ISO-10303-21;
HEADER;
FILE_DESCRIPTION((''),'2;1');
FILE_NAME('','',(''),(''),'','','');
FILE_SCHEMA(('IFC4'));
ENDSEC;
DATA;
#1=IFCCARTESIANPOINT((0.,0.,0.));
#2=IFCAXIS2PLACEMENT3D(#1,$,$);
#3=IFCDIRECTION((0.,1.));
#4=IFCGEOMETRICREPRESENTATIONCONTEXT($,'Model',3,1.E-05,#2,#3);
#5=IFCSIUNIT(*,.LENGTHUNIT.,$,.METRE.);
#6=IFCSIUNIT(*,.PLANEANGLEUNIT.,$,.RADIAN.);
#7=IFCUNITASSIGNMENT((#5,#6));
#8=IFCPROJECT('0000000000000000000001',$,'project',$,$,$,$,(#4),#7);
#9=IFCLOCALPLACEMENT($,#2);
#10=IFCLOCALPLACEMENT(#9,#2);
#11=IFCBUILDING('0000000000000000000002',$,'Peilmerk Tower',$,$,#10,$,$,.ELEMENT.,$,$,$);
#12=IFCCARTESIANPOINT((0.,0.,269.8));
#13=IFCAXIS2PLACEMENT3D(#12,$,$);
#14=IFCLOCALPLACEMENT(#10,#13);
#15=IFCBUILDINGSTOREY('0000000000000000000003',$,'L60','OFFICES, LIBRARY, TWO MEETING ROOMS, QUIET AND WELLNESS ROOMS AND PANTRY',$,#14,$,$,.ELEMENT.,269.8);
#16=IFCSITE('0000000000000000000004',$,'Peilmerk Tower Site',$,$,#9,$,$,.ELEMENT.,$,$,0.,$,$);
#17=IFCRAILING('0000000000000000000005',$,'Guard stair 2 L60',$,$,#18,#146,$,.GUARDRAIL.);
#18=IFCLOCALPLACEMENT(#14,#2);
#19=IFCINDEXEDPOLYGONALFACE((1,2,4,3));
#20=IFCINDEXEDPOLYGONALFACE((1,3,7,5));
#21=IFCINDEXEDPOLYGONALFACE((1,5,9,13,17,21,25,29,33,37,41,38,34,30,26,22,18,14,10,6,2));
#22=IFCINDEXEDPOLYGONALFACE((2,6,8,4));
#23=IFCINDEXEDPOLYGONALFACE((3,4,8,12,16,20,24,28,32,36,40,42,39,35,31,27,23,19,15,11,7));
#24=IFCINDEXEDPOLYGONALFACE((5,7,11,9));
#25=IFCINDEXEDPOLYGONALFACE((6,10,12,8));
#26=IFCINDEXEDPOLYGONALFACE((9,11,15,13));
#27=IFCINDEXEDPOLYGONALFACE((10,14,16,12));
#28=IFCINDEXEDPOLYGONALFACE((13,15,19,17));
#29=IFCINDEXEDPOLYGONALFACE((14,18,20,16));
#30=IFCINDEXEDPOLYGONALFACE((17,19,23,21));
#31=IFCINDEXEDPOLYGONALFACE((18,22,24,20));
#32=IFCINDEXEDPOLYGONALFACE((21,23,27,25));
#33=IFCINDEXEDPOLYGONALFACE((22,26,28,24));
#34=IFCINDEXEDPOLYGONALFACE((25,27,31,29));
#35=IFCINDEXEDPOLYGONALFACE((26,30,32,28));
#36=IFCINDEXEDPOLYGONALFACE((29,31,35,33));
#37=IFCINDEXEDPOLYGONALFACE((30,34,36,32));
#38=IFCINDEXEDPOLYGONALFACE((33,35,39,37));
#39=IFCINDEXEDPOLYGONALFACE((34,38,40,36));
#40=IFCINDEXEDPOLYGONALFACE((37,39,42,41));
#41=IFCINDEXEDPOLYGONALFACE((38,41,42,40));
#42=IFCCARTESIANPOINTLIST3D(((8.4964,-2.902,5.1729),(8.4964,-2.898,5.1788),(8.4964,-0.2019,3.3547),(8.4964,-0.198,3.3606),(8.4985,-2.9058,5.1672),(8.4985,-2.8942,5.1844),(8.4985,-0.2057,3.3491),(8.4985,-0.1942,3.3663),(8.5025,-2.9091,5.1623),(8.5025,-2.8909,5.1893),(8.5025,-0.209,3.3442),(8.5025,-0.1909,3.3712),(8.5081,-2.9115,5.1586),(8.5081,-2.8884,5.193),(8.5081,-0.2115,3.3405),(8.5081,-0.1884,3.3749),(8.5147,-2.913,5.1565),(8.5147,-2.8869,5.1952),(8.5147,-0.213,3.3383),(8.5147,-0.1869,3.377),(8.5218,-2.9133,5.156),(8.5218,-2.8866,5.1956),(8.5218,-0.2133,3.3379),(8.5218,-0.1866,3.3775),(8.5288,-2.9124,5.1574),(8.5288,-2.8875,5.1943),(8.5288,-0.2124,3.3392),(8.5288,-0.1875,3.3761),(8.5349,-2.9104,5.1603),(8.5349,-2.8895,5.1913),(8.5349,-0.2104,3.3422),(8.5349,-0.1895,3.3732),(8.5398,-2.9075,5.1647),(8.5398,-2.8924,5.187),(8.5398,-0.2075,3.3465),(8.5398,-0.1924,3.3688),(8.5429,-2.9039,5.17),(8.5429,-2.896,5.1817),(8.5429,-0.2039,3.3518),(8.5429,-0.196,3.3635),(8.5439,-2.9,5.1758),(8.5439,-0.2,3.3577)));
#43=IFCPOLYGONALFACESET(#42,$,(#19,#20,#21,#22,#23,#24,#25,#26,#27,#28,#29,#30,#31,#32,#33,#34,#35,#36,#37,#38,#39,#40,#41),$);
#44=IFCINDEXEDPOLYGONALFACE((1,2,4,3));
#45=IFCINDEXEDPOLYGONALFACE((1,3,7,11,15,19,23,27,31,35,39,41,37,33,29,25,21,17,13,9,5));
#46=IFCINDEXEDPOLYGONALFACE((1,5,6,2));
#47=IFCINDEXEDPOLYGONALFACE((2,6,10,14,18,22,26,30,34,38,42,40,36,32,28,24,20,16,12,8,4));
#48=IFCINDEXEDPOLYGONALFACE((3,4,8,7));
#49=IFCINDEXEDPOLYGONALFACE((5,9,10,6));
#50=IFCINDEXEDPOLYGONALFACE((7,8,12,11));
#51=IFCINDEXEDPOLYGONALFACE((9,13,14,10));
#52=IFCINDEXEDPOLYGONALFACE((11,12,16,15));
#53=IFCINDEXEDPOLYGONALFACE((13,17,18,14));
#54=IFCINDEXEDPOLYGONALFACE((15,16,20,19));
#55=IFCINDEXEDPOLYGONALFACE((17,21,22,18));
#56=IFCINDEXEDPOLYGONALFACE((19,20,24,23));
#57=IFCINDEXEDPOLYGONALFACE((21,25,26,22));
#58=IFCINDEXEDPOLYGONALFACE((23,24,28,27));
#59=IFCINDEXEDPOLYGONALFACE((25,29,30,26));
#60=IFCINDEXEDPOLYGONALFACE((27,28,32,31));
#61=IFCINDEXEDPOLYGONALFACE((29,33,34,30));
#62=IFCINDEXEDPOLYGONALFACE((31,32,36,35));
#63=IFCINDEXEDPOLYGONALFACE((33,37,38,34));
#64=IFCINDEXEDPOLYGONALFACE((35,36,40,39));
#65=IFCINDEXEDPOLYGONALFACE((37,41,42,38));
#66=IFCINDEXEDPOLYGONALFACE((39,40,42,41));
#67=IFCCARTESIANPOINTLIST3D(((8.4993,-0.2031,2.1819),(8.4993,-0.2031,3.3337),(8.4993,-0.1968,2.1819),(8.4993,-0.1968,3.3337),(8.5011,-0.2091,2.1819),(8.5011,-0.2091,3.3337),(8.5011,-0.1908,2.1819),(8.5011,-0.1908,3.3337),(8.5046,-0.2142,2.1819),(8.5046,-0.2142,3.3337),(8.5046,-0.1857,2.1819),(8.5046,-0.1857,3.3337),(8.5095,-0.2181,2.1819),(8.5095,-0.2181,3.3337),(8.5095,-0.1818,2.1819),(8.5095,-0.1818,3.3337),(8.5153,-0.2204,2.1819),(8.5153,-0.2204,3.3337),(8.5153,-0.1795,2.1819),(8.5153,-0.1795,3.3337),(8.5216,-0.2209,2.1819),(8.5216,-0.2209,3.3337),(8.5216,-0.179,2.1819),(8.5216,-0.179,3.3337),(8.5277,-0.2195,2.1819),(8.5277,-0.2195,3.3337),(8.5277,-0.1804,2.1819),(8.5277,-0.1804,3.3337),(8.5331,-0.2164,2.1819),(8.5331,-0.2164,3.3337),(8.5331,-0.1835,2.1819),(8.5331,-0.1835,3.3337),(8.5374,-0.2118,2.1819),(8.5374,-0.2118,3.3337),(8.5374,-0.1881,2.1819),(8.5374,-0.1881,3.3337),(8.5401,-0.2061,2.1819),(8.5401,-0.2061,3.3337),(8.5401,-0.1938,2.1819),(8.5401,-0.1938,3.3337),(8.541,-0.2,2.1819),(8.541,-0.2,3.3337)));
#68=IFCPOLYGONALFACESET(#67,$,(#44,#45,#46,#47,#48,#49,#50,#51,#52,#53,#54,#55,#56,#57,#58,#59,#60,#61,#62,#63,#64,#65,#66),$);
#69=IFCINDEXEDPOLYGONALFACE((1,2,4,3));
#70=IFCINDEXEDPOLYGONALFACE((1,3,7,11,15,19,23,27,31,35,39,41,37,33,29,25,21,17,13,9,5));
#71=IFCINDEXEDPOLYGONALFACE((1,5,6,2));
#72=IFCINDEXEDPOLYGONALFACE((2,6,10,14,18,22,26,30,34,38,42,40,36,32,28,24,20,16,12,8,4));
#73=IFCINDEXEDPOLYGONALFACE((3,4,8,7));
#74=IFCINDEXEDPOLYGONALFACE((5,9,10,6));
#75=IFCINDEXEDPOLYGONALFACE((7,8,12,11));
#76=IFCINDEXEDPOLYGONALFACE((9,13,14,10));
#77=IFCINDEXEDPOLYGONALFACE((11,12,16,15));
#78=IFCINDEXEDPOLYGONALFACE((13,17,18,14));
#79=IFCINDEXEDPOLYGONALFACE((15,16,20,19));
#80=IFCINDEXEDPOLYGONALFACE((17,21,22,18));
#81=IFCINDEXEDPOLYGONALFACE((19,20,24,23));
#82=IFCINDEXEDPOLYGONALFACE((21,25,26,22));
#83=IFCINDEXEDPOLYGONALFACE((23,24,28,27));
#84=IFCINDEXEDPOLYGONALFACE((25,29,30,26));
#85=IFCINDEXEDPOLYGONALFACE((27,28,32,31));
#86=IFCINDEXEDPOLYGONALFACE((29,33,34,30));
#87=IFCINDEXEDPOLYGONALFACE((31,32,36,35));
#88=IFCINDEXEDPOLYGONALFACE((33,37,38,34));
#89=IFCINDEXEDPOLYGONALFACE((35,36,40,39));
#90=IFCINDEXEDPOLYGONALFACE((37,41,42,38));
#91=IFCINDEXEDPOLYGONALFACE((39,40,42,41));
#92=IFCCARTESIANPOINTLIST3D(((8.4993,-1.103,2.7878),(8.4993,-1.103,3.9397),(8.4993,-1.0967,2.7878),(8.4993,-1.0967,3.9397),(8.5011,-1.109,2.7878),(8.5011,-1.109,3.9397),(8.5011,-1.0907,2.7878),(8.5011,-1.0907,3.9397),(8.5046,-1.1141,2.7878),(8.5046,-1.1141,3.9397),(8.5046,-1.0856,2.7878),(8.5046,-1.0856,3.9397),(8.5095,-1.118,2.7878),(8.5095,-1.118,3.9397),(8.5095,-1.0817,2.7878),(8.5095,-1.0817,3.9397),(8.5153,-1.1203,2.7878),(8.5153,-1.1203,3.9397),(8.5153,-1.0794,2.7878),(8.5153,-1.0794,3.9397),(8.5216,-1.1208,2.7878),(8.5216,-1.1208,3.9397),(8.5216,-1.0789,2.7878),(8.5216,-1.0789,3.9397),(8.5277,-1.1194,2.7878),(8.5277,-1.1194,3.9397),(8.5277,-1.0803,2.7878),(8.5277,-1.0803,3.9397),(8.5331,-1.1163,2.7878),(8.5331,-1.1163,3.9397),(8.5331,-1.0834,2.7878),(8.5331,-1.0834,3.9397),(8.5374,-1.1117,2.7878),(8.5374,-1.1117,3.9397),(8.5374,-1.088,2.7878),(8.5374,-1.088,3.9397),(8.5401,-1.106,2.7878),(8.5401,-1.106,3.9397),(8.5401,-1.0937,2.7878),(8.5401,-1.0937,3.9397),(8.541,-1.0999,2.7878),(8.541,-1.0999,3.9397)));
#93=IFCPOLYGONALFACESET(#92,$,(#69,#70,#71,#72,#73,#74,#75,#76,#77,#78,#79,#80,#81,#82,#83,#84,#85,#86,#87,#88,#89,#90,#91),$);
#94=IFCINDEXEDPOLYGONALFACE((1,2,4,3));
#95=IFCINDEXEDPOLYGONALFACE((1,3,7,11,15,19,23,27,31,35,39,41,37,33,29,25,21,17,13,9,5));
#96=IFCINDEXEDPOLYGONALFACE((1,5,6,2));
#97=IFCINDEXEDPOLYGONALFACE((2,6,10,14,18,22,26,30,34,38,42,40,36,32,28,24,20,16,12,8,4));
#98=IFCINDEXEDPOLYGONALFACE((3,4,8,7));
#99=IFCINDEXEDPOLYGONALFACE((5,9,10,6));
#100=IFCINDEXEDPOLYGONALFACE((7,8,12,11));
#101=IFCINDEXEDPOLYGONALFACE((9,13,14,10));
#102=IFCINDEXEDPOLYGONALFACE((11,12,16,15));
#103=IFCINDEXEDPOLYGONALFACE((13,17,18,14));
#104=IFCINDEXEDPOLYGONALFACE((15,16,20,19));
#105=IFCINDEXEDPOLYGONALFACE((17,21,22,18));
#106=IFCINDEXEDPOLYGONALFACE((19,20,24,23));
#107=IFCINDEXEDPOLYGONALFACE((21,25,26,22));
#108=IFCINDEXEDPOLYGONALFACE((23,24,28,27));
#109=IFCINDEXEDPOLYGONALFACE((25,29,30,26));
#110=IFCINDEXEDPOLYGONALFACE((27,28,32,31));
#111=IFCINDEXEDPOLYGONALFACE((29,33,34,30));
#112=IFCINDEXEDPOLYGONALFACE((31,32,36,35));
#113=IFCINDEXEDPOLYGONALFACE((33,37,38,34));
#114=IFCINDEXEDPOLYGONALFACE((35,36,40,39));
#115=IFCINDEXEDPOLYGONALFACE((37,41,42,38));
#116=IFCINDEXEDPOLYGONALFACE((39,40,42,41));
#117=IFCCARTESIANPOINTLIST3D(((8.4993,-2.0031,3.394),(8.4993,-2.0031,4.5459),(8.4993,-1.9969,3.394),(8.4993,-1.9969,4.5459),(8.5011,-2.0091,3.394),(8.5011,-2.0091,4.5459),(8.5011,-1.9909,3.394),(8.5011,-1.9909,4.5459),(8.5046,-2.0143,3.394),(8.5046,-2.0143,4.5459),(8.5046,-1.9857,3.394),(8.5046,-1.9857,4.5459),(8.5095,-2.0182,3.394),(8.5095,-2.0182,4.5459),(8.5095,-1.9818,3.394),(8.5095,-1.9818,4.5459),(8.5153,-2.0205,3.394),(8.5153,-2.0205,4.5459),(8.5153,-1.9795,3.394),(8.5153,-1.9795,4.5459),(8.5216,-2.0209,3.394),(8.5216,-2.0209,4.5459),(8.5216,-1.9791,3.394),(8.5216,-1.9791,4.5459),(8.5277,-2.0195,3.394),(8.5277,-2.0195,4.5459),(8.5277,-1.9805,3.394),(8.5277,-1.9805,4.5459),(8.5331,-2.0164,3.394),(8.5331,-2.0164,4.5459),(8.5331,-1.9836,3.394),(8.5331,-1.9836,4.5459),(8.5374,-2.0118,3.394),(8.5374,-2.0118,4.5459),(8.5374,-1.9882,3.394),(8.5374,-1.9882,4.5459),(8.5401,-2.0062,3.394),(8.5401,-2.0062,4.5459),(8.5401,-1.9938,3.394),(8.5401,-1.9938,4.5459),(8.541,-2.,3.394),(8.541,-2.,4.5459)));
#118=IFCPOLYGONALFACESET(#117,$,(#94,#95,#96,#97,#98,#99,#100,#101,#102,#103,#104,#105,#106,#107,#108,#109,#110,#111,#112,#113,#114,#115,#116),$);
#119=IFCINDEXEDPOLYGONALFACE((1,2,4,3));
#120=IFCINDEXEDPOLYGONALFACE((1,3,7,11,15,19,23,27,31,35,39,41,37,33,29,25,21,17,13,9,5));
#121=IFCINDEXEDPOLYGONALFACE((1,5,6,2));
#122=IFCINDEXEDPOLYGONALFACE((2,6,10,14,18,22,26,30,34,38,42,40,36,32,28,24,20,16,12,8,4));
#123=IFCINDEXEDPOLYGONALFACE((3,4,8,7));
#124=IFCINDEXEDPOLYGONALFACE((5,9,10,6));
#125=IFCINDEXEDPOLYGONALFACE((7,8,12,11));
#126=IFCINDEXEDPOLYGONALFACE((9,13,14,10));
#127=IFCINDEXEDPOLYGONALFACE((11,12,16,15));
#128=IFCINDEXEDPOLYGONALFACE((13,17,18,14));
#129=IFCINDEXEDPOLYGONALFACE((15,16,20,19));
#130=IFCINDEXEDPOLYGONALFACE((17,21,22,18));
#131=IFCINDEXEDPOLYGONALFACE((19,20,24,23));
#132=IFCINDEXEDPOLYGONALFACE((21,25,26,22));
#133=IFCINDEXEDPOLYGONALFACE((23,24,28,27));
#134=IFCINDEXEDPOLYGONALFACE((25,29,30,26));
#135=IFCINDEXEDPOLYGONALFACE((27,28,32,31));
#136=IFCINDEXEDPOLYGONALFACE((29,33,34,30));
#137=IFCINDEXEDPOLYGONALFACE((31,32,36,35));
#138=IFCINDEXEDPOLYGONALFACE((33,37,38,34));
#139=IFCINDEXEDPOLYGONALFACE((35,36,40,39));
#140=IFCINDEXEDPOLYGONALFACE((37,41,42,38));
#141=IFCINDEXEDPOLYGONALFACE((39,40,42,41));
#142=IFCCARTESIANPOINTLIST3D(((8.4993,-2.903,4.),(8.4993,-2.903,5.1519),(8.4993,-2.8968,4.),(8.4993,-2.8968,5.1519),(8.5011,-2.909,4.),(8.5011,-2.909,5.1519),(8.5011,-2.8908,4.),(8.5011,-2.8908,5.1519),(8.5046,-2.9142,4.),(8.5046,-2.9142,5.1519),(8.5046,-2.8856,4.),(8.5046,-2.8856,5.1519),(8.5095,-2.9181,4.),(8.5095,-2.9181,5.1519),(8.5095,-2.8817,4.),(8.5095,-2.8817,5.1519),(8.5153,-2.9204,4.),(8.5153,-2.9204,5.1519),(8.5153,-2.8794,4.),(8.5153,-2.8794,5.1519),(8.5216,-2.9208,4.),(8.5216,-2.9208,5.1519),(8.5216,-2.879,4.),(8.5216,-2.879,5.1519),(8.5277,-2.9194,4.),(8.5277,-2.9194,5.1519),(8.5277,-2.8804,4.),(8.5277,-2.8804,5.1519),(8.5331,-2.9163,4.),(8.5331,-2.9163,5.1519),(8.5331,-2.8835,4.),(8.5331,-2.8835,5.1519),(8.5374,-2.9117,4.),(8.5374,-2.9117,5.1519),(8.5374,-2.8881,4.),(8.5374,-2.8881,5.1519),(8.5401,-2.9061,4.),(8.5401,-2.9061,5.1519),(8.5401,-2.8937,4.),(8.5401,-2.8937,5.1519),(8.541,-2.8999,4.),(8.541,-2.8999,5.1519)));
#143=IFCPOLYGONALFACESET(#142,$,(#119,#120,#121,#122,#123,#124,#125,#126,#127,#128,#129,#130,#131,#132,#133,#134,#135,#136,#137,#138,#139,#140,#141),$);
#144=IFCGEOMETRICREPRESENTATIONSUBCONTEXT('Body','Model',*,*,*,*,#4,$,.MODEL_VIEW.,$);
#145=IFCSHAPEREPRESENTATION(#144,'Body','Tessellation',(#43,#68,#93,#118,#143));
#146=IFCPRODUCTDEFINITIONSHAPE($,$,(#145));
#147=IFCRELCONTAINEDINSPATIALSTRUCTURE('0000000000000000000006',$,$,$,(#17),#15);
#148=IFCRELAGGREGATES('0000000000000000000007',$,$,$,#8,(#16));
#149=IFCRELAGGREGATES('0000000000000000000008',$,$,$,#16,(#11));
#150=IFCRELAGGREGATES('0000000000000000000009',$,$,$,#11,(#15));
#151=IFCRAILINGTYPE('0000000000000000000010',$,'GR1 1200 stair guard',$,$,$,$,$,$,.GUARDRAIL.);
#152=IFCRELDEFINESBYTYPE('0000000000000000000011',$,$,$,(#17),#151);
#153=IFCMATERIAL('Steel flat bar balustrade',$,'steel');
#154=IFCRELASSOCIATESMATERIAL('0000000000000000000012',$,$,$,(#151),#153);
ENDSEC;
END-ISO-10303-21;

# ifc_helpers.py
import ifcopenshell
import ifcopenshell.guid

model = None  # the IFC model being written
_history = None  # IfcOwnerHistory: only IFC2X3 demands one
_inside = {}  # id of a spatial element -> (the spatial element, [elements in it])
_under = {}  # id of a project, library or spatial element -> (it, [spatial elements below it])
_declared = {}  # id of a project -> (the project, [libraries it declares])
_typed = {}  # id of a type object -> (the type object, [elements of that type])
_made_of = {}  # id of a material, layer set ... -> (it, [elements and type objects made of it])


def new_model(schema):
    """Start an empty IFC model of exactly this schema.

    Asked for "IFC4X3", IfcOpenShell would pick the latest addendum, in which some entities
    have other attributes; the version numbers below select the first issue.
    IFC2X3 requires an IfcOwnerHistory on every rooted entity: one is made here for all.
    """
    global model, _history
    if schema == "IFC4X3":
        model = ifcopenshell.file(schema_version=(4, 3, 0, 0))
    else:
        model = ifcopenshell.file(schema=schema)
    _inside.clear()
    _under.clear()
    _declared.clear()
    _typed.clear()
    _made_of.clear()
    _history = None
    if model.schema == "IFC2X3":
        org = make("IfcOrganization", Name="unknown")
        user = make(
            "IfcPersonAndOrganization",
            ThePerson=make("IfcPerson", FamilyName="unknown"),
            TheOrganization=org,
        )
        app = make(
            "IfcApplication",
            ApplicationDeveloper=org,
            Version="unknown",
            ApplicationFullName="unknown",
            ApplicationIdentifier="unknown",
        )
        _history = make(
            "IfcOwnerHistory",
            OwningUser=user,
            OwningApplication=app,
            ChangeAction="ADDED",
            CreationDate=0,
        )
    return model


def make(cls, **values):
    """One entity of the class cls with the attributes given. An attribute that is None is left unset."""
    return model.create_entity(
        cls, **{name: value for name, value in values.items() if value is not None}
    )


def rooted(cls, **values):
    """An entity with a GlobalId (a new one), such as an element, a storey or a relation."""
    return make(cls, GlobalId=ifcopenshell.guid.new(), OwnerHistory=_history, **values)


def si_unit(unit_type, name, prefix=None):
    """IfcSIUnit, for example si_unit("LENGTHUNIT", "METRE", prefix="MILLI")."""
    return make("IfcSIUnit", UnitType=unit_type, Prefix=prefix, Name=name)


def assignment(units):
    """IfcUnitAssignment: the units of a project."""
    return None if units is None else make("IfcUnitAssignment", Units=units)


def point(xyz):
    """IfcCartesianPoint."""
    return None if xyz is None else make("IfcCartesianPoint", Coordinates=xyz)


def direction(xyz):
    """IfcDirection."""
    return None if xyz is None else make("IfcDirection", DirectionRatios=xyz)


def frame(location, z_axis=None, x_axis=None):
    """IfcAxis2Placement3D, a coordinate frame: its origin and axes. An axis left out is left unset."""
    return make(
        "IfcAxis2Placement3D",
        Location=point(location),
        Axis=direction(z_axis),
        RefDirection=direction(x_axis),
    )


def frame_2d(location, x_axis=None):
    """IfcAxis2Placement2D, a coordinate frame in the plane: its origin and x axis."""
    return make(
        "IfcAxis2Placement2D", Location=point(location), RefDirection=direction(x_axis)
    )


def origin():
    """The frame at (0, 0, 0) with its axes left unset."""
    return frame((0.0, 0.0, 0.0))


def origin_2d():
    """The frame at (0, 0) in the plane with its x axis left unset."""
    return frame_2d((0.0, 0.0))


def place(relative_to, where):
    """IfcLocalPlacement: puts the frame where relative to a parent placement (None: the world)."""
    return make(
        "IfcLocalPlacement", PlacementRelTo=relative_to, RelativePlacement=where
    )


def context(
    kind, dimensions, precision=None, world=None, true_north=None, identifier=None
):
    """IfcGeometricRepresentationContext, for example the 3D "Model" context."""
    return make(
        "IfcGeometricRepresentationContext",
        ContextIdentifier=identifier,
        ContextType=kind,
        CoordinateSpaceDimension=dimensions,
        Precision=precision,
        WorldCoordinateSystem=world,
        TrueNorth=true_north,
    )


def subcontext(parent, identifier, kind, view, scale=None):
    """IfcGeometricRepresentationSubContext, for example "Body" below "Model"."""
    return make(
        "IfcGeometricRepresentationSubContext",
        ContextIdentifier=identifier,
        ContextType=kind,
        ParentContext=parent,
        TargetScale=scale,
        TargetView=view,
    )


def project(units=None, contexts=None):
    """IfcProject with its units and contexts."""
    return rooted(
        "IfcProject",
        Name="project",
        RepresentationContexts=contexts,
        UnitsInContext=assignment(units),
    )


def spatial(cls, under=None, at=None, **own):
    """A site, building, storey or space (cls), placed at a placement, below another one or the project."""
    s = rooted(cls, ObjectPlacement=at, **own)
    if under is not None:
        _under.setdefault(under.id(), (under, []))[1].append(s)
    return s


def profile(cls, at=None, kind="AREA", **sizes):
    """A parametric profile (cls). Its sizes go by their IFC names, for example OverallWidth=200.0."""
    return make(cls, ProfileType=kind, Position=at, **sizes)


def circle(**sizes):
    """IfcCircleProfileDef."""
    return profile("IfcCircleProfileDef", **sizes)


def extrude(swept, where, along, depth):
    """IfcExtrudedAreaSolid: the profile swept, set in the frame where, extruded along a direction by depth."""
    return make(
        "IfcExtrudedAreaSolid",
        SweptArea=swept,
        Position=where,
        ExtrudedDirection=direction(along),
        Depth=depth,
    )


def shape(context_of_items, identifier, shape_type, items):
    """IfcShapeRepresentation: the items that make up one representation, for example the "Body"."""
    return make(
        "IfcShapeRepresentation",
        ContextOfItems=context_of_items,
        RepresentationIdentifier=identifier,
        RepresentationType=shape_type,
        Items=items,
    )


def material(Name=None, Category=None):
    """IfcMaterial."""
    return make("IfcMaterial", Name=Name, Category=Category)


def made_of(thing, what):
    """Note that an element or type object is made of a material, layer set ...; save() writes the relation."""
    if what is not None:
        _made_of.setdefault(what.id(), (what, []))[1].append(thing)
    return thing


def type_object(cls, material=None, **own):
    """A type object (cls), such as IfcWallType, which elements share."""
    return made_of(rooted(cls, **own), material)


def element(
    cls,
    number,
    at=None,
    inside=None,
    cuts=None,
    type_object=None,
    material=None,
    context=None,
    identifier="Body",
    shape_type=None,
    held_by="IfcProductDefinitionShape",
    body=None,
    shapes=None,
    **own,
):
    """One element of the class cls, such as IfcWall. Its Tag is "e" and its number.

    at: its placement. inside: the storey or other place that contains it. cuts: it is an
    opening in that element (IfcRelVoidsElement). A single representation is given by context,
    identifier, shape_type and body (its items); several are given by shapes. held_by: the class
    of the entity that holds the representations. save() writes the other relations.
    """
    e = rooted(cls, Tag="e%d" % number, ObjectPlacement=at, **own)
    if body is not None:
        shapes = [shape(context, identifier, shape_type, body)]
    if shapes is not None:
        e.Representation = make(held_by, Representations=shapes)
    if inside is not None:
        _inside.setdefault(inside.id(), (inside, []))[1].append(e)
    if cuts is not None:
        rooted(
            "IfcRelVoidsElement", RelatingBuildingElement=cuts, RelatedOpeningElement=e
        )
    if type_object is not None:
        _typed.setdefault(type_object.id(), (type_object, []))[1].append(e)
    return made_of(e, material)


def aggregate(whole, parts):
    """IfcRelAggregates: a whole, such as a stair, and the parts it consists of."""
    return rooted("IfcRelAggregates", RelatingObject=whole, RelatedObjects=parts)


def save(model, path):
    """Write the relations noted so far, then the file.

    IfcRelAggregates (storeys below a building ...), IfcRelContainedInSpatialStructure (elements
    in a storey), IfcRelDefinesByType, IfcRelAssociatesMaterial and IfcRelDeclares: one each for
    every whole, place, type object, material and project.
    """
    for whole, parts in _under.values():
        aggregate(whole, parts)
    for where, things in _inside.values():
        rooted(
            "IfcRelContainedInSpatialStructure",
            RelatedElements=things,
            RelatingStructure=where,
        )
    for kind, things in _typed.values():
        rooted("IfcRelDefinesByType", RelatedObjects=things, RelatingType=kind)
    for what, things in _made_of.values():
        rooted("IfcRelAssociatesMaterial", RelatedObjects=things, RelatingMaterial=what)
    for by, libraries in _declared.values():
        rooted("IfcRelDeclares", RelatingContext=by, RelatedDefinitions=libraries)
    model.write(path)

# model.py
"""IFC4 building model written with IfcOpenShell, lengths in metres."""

from ifc_helpers import new_model, si_unit, direction, frame, origin, origin_2d, place, context, subcontext, project, spatial, circle, extrude, material, type_object, element, save


model = new_model("IFC4")

# Units and contexts
model_context = context("Model", 3, precision=1e-05, world=origin(), true_north=direction((0.0, 1.0)))
body_context = subcontext(model_context, "Body", "Model", "MODEL_VIEW")
ifc_project = project(units=[si_unit("LENGTHUNIT", "METRE"), si_unit("PLANEANGLEUNIT", "RADIAN")], contexts=[model_context])

# Site, building, storey
site_placement = place(None, origin())
site = spatial("IfcSite", under=ifc_project, at=site_placement, Name="Peilmerk Tower Site", CompositionType="ELEMENT", RefElevation=0.0)
building_placement = place(site_placement, origin())
building = spatial("IfcBuilding", under=site, at=building_placement, Name="Peilmerk Tower", CompositionType="ELEMENT")
storey_placement = place(building_placement, frame((0.0, 0.0, 269.8)))
storey = spatial("IfcBuildingStorey", under=building, at=storey_placement, Name="L60", Description="OFFICES, LIBRARY, TWO MEETING ROOMS, QUIET AND WELLNESS ROOMS AND PANTRY", CompositionType="ELEMENT", Elevation=269.8)

# Railing
ifc_material_1 = material(Name="Steel flat bar balustrade", Category="steel")
railing_type_1 = type_object("IfcRailingType", Name="GR1 1200 stair guard", PredefinedType="GUARDRAIL", material=ifc_material_1)
railing_1_placement = place(storey_placement, frame((8.52, -0.2, 2.1819)))
element("IfcRailing", 1, at=railing_1_placement, inside=storey, type_object=railing_type_1, Name="Guard stair 2 L60", PredefinedType="GUARDRAIL", context=body_context, shape_type="SweptSolid", body=[
    extrude(circle(Radius=0.0239, at=origin_2d()), frame((0.0, 0.0, 1.1758), z_axis=(0.0, -0.829468, 0.558554), x_axis=(1.0, 0.0, 0.0)), (0.0, 0.0, 1.0), 3.2551),
    extrude(circle(Radius=0.021, at=origin_2d()), origin(), (0.0, 0.0, 1.0), 1.1519),
    extrude(circle(Radius=0.021, at=origin_2d()), frame((0.0, -0.8999, 0.606)), (0.0, 0.0, 1.0), 1.1519),
    extrude(circle(Radius=0.021, at=origin_2d()), frame((0.0, -1.8, 1.2122)), (0.0, 0.0, 1.0), 1.1519),
    extrude(circle(Radius=0.021, at=origin_2d()), frame((0.0, -2.7, 1.8181)), (0.0, 0.0, 1.0), 1.1519),
])

save(model, "model.ifc")
